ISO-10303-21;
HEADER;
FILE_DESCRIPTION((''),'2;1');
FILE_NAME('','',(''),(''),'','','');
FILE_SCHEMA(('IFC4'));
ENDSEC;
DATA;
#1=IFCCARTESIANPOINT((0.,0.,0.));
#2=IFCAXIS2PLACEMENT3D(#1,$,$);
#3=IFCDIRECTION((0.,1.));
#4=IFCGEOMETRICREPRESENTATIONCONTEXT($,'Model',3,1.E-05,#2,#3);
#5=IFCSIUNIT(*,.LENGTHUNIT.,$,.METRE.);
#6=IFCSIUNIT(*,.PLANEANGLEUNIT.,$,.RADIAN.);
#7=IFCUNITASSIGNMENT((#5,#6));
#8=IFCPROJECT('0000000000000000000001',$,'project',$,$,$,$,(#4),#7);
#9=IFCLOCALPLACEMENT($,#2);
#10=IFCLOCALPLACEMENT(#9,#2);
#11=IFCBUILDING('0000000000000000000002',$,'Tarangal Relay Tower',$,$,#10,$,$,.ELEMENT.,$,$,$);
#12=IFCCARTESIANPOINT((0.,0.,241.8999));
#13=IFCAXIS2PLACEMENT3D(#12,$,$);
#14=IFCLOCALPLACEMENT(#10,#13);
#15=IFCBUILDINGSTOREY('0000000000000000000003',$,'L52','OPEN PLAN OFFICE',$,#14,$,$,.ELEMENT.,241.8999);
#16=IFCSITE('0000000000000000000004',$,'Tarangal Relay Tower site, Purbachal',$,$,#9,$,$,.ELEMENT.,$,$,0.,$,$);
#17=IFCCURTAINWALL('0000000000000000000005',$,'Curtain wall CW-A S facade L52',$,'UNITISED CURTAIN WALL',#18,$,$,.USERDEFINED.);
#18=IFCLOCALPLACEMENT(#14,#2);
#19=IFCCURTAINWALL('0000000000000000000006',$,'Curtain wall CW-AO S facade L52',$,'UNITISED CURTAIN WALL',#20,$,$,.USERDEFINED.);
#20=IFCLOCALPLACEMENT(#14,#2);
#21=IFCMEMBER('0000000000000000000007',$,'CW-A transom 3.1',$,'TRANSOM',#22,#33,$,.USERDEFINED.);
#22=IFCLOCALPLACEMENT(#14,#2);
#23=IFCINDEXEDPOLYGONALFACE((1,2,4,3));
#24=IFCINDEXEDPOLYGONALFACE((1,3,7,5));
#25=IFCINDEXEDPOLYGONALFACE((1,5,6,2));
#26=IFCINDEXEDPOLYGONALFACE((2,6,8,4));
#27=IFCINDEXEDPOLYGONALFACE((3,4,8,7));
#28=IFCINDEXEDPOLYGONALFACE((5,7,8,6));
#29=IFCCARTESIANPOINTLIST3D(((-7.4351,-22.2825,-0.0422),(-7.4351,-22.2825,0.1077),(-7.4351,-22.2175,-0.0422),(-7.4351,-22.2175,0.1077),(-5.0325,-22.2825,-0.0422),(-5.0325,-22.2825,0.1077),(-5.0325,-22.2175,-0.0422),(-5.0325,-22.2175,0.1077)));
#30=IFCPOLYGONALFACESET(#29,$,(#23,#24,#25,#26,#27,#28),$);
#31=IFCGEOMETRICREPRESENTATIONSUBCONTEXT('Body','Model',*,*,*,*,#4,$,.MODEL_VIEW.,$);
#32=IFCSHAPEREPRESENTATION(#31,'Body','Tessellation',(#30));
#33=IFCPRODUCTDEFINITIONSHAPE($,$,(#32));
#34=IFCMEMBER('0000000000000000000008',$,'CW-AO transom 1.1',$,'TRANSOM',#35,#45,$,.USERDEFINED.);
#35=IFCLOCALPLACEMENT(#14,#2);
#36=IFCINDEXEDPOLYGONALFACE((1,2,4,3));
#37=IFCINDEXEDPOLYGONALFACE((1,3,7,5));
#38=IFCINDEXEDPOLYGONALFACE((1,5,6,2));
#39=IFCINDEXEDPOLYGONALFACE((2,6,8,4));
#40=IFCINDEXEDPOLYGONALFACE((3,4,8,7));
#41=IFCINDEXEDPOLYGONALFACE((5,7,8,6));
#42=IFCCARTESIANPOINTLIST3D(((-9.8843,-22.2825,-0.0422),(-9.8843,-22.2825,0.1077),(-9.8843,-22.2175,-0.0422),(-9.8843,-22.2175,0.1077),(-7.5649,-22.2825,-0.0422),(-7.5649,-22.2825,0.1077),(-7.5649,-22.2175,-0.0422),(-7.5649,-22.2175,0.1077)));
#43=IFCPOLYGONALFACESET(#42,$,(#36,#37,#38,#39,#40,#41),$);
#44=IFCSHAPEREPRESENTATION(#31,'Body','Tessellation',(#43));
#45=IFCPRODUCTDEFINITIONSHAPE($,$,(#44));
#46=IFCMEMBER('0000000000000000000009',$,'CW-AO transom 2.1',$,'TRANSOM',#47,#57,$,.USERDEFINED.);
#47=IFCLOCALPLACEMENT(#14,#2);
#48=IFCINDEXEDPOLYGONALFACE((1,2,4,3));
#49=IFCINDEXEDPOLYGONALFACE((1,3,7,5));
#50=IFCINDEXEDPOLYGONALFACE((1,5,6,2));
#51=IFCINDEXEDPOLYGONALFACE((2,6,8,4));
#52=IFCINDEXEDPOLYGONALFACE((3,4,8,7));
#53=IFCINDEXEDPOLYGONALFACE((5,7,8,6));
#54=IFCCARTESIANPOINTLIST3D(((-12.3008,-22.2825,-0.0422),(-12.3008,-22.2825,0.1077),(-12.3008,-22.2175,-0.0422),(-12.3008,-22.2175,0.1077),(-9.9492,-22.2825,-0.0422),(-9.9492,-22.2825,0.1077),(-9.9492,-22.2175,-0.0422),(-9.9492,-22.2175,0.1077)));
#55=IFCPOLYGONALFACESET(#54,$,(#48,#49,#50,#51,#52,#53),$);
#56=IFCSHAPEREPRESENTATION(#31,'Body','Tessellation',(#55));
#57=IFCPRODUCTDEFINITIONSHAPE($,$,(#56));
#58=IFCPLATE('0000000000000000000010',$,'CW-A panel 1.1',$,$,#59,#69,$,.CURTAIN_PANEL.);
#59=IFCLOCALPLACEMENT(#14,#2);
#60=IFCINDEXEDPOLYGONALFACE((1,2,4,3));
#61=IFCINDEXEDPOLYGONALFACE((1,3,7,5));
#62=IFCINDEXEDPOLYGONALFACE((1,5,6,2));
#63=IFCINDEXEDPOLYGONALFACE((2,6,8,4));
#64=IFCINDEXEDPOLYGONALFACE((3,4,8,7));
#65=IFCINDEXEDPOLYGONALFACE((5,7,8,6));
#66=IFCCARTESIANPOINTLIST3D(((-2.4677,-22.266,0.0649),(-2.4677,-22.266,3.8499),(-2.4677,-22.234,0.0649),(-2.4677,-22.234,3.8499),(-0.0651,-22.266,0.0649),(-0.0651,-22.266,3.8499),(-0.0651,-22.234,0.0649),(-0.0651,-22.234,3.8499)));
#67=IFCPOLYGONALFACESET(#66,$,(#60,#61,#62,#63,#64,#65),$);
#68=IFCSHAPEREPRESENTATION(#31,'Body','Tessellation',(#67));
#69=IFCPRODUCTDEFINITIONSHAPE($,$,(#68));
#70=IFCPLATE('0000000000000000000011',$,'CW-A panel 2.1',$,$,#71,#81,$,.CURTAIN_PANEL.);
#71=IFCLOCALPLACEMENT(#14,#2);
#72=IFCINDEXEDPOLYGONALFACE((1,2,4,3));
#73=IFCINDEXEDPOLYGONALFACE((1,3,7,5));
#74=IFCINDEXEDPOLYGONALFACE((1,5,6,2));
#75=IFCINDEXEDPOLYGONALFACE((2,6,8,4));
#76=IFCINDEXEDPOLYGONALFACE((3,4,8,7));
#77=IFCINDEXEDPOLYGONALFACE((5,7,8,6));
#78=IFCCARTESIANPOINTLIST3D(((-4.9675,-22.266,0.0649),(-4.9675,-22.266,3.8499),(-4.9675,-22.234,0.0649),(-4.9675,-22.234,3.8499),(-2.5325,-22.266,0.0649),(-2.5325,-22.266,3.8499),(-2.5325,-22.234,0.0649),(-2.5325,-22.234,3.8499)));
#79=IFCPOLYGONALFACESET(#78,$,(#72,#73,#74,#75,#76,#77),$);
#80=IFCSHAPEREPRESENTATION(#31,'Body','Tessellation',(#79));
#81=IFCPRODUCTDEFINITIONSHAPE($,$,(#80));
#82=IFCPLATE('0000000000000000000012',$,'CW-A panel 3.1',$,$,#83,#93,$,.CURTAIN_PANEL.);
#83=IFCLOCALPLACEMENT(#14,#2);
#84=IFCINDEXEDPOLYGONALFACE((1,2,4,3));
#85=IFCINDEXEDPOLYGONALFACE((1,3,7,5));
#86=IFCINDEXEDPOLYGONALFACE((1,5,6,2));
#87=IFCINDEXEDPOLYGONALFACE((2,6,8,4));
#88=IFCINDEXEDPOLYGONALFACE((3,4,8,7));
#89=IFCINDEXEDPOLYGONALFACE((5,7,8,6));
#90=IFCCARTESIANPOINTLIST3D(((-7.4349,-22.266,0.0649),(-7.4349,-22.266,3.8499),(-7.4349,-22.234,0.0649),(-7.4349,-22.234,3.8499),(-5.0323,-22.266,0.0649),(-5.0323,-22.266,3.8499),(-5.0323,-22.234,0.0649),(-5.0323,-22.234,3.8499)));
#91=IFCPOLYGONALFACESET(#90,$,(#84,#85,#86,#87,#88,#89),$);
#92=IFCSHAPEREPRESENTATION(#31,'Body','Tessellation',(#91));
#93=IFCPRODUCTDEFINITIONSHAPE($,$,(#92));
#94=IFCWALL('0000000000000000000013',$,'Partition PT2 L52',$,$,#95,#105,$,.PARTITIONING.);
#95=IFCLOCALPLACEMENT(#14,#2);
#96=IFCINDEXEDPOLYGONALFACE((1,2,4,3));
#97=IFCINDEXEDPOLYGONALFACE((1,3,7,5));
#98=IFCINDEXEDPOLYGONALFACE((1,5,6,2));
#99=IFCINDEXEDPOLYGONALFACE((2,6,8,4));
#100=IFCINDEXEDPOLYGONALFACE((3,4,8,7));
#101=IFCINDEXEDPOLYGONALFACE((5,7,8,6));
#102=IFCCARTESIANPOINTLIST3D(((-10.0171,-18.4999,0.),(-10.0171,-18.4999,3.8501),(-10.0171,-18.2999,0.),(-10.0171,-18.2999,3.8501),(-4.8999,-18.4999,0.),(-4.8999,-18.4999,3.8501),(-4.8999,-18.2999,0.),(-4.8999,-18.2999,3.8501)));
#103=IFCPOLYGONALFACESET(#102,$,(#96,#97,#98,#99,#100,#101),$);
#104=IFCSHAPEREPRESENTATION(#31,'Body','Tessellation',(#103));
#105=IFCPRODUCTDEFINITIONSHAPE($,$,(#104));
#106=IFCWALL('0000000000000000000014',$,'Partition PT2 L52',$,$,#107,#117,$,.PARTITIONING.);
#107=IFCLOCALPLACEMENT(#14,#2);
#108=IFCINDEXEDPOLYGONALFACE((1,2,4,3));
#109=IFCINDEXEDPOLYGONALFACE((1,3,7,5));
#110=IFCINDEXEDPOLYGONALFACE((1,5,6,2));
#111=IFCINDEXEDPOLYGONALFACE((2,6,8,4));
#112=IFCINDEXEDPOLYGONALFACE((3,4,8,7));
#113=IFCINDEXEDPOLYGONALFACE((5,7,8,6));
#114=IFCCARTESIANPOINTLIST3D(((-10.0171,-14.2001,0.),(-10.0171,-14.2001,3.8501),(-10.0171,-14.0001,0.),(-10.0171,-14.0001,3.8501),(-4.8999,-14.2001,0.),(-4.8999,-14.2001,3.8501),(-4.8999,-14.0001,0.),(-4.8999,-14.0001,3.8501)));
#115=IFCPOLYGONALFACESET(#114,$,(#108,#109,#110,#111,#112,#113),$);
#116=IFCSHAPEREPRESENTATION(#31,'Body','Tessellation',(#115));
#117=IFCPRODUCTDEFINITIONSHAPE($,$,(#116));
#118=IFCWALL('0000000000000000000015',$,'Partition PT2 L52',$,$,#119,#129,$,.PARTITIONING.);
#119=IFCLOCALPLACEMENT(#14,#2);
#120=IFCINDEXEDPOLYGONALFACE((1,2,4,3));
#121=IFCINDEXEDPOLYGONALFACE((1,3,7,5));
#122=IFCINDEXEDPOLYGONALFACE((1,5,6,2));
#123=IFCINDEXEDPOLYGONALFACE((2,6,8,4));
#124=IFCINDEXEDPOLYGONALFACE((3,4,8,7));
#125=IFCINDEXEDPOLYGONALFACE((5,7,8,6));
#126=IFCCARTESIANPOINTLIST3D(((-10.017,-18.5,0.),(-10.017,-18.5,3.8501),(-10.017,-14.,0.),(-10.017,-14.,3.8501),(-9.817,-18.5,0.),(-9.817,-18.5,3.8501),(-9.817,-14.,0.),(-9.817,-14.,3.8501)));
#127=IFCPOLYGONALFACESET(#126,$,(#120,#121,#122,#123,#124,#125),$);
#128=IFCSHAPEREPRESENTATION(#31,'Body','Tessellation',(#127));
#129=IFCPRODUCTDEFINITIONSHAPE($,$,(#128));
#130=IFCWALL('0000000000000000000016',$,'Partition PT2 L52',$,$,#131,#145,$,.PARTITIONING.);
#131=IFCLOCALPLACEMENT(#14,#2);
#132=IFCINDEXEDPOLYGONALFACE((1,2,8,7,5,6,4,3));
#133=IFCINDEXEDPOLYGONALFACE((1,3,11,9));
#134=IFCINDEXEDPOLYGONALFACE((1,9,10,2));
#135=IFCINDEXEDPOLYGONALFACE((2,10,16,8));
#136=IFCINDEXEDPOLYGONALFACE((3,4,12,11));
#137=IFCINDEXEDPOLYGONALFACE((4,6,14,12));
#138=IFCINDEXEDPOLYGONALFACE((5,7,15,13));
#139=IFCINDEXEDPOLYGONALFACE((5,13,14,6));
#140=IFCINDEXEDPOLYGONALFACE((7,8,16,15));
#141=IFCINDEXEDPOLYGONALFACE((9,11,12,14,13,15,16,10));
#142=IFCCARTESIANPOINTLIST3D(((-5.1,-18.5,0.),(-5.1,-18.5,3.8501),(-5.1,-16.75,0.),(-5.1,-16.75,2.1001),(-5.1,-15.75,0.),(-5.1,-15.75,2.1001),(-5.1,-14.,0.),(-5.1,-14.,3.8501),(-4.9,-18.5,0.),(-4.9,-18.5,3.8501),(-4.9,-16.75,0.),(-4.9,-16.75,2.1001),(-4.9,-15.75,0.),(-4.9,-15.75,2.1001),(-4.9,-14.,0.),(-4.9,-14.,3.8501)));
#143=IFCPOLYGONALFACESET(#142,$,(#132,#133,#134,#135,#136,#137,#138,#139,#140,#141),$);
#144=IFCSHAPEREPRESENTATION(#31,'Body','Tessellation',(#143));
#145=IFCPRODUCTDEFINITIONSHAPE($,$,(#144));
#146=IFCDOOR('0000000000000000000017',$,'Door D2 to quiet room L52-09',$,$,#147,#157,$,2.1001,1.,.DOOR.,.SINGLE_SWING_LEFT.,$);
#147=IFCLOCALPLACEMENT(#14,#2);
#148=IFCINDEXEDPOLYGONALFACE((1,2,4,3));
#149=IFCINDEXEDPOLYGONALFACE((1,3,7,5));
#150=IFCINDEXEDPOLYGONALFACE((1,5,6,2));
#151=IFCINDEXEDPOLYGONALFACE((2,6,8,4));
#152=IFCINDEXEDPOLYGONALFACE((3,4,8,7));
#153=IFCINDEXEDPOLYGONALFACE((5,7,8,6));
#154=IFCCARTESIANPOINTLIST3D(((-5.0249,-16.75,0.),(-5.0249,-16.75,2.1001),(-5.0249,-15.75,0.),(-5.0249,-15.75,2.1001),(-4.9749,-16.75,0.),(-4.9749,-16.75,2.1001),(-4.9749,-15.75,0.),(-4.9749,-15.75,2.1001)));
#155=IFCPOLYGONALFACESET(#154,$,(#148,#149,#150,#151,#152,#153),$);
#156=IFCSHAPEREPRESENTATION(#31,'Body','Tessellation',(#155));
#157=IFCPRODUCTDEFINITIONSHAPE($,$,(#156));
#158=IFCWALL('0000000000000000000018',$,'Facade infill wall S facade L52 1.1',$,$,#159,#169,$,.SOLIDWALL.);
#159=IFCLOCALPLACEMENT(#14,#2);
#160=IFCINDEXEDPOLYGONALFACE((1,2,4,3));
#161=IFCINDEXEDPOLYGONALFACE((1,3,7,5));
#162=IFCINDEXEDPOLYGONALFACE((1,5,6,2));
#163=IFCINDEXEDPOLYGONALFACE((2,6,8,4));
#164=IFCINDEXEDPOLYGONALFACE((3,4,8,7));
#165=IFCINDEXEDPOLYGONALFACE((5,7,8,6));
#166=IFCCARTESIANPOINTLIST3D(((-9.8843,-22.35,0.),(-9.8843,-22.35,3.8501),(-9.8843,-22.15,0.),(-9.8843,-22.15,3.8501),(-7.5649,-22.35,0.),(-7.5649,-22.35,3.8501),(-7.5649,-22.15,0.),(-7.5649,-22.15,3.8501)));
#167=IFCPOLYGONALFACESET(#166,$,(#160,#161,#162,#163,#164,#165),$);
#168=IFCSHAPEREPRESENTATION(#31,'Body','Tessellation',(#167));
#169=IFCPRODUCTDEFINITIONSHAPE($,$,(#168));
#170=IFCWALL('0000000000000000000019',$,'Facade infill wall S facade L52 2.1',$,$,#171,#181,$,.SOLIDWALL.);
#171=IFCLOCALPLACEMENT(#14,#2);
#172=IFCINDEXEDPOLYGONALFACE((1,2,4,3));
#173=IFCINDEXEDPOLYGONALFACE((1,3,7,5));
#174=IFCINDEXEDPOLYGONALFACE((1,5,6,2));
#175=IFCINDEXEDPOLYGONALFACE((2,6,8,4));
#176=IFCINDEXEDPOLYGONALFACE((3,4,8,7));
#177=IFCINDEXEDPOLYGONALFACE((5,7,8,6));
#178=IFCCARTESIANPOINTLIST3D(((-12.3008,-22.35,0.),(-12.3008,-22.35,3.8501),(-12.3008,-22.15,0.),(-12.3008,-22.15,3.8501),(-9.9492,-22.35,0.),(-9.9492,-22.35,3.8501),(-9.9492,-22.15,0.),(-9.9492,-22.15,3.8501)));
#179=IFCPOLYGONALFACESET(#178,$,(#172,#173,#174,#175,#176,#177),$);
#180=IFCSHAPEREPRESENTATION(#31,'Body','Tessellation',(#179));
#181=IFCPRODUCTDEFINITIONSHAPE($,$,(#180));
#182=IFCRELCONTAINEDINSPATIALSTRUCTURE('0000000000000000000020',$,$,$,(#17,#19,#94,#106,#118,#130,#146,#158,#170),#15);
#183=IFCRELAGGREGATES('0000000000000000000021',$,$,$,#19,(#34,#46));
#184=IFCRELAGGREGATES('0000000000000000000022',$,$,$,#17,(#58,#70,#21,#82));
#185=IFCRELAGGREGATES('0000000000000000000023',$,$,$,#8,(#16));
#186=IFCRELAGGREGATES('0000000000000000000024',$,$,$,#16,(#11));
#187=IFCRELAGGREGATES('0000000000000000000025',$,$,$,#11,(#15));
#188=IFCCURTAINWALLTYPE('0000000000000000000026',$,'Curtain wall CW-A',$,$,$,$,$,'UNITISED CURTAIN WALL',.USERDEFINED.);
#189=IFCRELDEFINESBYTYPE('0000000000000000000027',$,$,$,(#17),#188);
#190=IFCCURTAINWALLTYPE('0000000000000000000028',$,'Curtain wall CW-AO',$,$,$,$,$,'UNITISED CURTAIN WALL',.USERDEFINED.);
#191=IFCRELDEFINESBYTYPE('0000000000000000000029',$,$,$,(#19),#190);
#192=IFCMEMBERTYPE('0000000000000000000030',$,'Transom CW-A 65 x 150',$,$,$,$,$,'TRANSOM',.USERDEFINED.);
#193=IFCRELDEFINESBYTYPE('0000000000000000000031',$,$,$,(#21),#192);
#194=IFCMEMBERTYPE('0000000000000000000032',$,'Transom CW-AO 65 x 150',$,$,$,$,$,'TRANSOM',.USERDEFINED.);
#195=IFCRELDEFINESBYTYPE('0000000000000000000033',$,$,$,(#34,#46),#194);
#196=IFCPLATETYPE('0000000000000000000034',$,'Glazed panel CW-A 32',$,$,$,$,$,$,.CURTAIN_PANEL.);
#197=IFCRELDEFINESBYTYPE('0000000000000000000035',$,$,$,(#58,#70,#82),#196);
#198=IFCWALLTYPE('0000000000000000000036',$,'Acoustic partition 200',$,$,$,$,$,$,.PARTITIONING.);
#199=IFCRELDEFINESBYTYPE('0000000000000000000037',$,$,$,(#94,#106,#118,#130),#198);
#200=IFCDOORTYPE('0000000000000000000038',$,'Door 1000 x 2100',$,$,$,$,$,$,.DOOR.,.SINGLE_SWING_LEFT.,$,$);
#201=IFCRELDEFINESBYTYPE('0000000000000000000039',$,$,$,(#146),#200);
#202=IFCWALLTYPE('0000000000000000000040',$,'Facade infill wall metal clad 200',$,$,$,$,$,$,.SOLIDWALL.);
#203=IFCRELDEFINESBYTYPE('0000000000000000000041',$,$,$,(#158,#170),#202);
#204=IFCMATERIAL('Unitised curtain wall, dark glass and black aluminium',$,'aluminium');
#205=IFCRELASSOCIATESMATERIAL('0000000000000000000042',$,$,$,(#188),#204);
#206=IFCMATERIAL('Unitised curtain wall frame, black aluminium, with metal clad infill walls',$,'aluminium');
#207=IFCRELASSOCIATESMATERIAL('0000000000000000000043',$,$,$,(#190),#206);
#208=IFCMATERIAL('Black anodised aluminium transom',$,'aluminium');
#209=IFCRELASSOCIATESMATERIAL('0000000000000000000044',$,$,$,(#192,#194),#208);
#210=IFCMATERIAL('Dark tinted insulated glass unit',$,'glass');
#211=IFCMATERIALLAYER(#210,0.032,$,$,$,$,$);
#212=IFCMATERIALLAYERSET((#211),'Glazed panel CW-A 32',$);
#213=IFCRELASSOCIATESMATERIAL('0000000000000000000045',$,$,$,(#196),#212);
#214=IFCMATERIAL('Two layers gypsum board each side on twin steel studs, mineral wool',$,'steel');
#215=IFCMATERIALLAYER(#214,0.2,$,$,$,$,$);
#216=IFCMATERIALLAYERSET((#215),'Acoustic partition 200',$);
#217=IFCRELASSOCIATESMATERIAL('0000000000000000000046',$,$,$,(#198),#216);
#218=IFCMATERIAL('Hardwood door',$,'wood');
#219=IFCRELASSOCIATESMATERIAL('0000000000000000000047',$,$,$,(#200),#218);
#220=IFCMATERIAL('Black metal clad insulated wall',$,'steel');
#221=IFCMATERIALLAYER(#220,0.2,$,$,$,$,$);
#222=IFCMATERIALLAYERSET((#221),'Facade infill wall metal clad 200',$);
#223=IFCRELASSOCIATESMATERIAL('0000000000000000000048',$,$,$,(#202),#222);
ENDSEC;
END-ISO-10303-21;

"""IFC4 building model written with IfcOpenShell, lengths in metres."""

from ifc_helpers import new_model, si_unit, direction, frame, frame_2d, origin, origin_2d, place, context, subcontext, project, spatial, rectangle, extrude, material, layer, layer_set, material_profile, profile_set, type_object, element, fill, aggregate, save


model = new_model("IFC4")

# Units and contexts
model_context = context("Model", 3, precision=1e-05, world=origin(), true_north=direction((0.0, 1.0)))
body_context = subcontext(model_context, "Body", "Model", "MODEL_VIEW")
ifc_project = project(units=[si_unit("LENGTHUNIT", "METRE"), si_unit("PLANEANGLEUNIT", "RADIAN")], contexts=[model_context])

# Site, building, storey
site_placement = place(None, origin())
site = spatial("IfcSite", under=ifc_project, at=site_placement, Name="Tarangal Relay Tower site, Purbachal", CompositionType="ELEMENT", RefElevation=0.0)
building_placement = place(site_placement, origin())
building = spatial("IfcBuilding", under=site, at=building_placement, Name="Tarangal Relay Tower", CompositionType="ELEMENT")
storey_placement = place(building_placement, frame((0.0, 0.0, 241.8999)))
storey = spatial("IfcBuildingStorey", under=building, at=storey_placement, Name="L52", Description="OPEN PLAN OFFICE", CompositionType="ELEMENT", Elevation=241.8999)

# Curtain walls
ifc_material_1 = material(Name="Unitised curtain wall, dark glass and black aluminium", Category="aluminium")
curtain_wall_type_1 = type_object("IfcCurtainWallType", Name="Curtain wall CW-A", ElementType="UNITISED CURTAIN WALL", PredefinedType="USERDEFINED", material=ifc_material_1)
curtain_wall_1_placement = place(storey_placement, origin())
curtain_wall_1 = element("IfcCurtainWall", 1, at=curtain_wall_1_placement, inside=storey, type_object=curtain_wall_type_1, Name="Curtain wall CW-A S facade L52", ObjectType="UNITISED CURTAIN WALL", PredefinedType="USERDEFINED")
ifc_material_2 = material(Name="Unitised curtain wall frame, black aluminium, with metal clad infill walls", Category="aluminium")
curtain_wall_type_2 = type_object("IfcCurtainWallType", Name="Curtain wall CW-AO", ElementType="UNITISED CURTAIN WALL", PredefinedType="USERDEFINED", material=ifc_material_2)
curtain_wall_2_placement = place(storey_placement, origin())
curtain_wall_2 = element("IfcCurtainWall", 2, at=curtain_wall_2_placement, inside=storey, type_object=curtain_wall_type_2, Name="Curtain wall CW-AO S facade L52", ObjectType="UNITISED CURTAIN WALL", PredefinedType="USERDEFINED")

# Members
ifc_material_3 = material(Name="Black anodised aluminium transom", Category="aluminium")
ifc_material_profile_1 = material_profile(ifc_material_3, rectangle(XDim=0.0649, YDim=0.1499, at=origin_2d()), Name="CW-AT 65X150")
ifc_profile_set_1 = profile_set([ifc_material_profile_1], Name="Black anodised aluminium transom")
member_type_1 = type_object("IfcMemberType", Name="Transom CW-A 65 x 150", ElementType="TRANSOM", PredefinedType="USERDEFINED", material=ifc_profile_set_1)
member_1_placement = place(storey_placement, frame((-5.0325, -22.25, 0.0327), z_axis=(-1.0, 0.0, 0.0), x_axis=(0.0, -1.0, 0.0)))
member_1 = element("IfcMember", 3, at=member_1_placement, type_object=member_type_1, Name="CW-A transom 3.1", ObjectType="TRANSOM", PredefinedType="USERDEFINED", context=body_context, shape_type="SweptSolid", body=[
    extrude(rectangle(XDim=0.0649, YDim=0.1499, at=origin_2d()), origin(), (0.0, 0.0, 1.0), 2.4026),
])
ifc_material_profile_2 = material_profile(ifc_material_3, rectangle(XDim=0.0649, YDim=0.1499, at=origin_2d()), Name="CW-AOT 65X150")
ifc_profile_set_2 = profile_set([ifc_material_profile_2], Name="Black anodised aluminium transom")
member_type_2 = type_object("IfcMemberType", Name="Transom CW-AO 65 x 150", ElementType="TRANSOM", PredefinedType="USERDEFINED", material=ifc_profile_set_2)
member_2_placement = place(storey_placement, frame((-7.5649, -22.25, 0.0327), z_axis=(-1.0, 0.0, 0.0), x_axis=(0.0, -1.0, 0.0)))
member_2 = element("IfcMember", 4, at=member_2_placement, type_object=member_type_2, Name="CW-AO transom 1.1", ObjectType="TRANSOM", PredefinedType="USERDEFINED", context=body_context, shape_type="SweptSolid", body=[
    extrude(rectangle(XDim=0.0649, YDim=0.1499, at=origin_2d()), origin(), (0.0, 0.0, 1.0), 2.3193),
])
member_3_placement = place(storey_placement, frame((-9.9492, -22.25, 0.0327), z_axis=(-1.0, 0.0, 0.0), x_axis=(0.0, -1.0, 0.0)))
member_3 = element("IfcMember", 5, at=member_3_placement, type_object=member_type_2, Name="CW-AO transom 2.1", ObjectType="TRANSOM", PredefinedType="USERDEFINED", context=body_context, shape_type="SweptSolid", body=[
    extrude(rectangle(XDim=0.0649, YDim=0.1499, at=origin_2d()), origin(), (0.0, 0.0, 1.0), 2.3516),
])
aggregate(curtain_wall_2, [member_2, member_3])

# Plates
ifc_material_4 = material(Name="Dark tinted insulated glass unit", Category="glass")
ifc_layer_1 = layer(ifc_material_4, 0.032)
ifc_layer_set_1 = layer_set([ifc_layer_1], Name="Glazed panel CW-A 32")
plate_type = type_object("IfcPlateType", Name="Glazed panel CW-A 32", PredefinedType="CURTAIN_PANEL", material=ifc_layer_set_1)
plate_1_placement = place(storey_placement, frame((-1.2664, -22.25, 0.0649), z_axis=(0.0, 0.0, 1.0), x_axis=(-1.0, 0.0, 0.0)))
plate_1 = element("IfcPlate", 6, at=plate_1_placement, type_object=plate_type, Name="CW-A panel 1.1", PredefinedType="CURTAIN_PANEL", context=body_context, shape_type="SweptSolid", body=[
    extrude(rectangle(XDim=2.4026, YDim=0.032, at=origin_2d()), origin(), (0.0, 0.0, 1.0), 3.7849),
])
plate_2_placement = place(storey_placement, frame((-3.75, -22.25, 0.0649), z_axis=(0.0, 0.0, 1.0), x_axis=(-1.0, 0.0, 0.0)))
plate_2 = element("IfcPlate", 7, at=plate_2_placement, type_object=plate_type, Name="CW-A panel 2.1", PredefinedType="CURTAIN_PANEL", context=body_context, shape_type="SweptSolid", body=[
    extrude(rectangle(XDim=2.4351, YDim=0.032, at=origin_2d()), origin(), (0.0, 0.0, 1.0), 3.7849),
])
plate_3_placement = place(storey_placement, frame((-6.2336, -22.25, 0.0649), z_axis=(0.0, 0.0, 1.0), x_axis=(-1.0, 0.0, 0.0)))
plate_3 = element("IfcPlate", 8, at=plate_3_placement, type_object=plate_type, Name="CW-A panel 3.1", PredefinedType="CURTAIN_PANEL", context=body_context, shape_type="SweptSolid", body=[
    extrude(rectangle(XDim=2.4026, YDim=0.032, at=origin_2d()), origin(), (0.0, 0.0, 1.0), 3.7849),
])
aggregate(curtain_wall_1, [plate_1, plate_2, member_1, plate_3])

# Walls
ifc_material_5 = material(Name="Two layers gypsum board each side on twin steel studs, mineral wool", Category="steel")
ifc_layer_2 = layer(ifc_material_5, 0.2)
ifc_layer_set_2 = layer_set([ifc_layer_2], Name="Acoustic partition 200")
wall_type_1 = type_object("IfcWallType", Name="Acoustic partition 200", PredefinedType="PARTITIONING", material=ifc_layer_set_2)
for number, where, z_axis, x_axis, name in (
    (9, (-10.0171, -18.3999, 0.0), (0.0, 0.0, 1.0), (1.0, 0.0, 0.0), "Partition PT2 L52"),
    (10, (-10.0171, -14.1001, 0.0), (0.0, 0.0, 1.0), (1.0, 0.0, 0.0), "Partition PT2 L52"),
):
    element("IfcWall", number, at=place(storey_placement, frame(where, z_axis=z_axis, x_axis=x_axis)), inside=storey, type_object=wall_type_1, Name=name, PredefinedType="PARTITIONING", context=body_context, shape_type="SweptSolid", body=[
        extrude(rectangle(XDim=5.1172, YDim=0.2, at=frame_2d((2.5586, 0.0))), origin(), (0.0, 0.0, 1.0), 3.8501),
    ])
wall_1_placement = place(storey_placement, frame((-9.917, -18.5, 0.0), z_axis=(0.0, 0.0, 1.0), x_axis=(0.0, 1.0, 0.0)))
element("IfcWall", 11, at=wall_1_placement, inside=storey, type_object=wall_type_1, Name="Partition PT2 L52", PredefinedType="PARTITIONING", context=body_context, shape_type="SweptSolid", body=[
    extrude(rectangle(XDim=4.5, YDim=0.2, at=frame_2d((2.25, 0.0))), origin(), (0.0, 0.0, 1.0), 3.8501),
])

# Wall, opening, door
wall_2_placement = place(storey_placement, frame((-5.0, -18.5, 0.0), z_axis=(0.0, 0.0, 1.0), x_axis=(0.0, 1.0, 0.0)))
wall_2 = element("IfcWall", 12, at=wall_2_placement, inside=storey, type_object=wall_type_1, Name="Partition PT2 L52", PredefinedType="PARTITIONING", context=body_context, shape_type="SweptSolid", body=[
    extrude(rectangle(XDim=4.5, YDim=0.2, at=frame_2d((2.25, 0.0))), origin(), (0.0, 0.0, 1.0), 3.8501),
])
opening_placement = place(wall_2_placement, frame((1.75, 0.0, 0.0)))
opening = element("IfcOpeningElement", 13, at=opening_placement, cuts=wall_2, PredefinedType="OPENING", context=body_context, shape_type="SweptSolid", body=[
    extrude(rectangle(XDim=1.0, YDim=2.1001, at=frame_2d((0.5, 1.05))), frame((0.0, 0.1099, 0.0), z_axis=(0.0, -1.0, 0.0), x_axis=(1.0, 0.0, 0.0)), (0.0, 0.0, 1.0), 0.22),
])
ifc_material_6 = material(Name="Hardwood door", Category="wood")
door_type = type_object("IfcDoorType", Name="Door 1000 x 2100", OperationType="SINGLE_SWING_LEFT", PredefinedType="DOOR", material=ifc_material_6)
door_placement = place(opening_placement, origin())
door = element("IfcDoor", 14, at=door_placement, inside=storey, type_object=door_type, Name="Door D2 to quiet room L52-09", OperationType="SINGLE_SWING_LEFT", OverallHeight=2.1001, OverallWidth=1.0, PredefinedType="DOOR", context=body_context, shape_type="SweptSolid", body=[
    extrude(rectangle(XDim=1.0, YDim=2.1001, at=frame_2d((0.5, 1.05))), frame((0.0, 0.0249, 0.0), z_axis=(0.0, -1.0, 0.0), x_axis=(1.0, 0.0, 0.0)), (0.0, 0.0, 1.0), 0.05),
])
fill(opening, door)

# Walls
ifc_material_7 = material(Name="Black metal clad insulated wall", Category="steel")
ifc_layer_3 = layer(ifc_material_7, 0.2)
ifc_layer_set_3 = layer_set([ifc_layer_3], Name="Facade infill wall metal clad 200")
wall_type_2 = type_object("IfcWallType", Name="Facade infill wall metal clad 200", PredefinedType="SOLIDWALL", material=ifc_layer_set_3)
wall_3_placement = place(storey_placement, frame((-7.5649, -22.25, 0.0), z_axis=(0.0, 0.0, 1.0), x_axis=(-1.0, 0.0, 0.0)))
element("IfcWall", 15, at=wall_3_placement, inside=storey, type_object=wall_type_2, Name="Facade infill wall S facade L52 1.1", PredefinedType="SOLIDWALL", context=body_context, shape_type="SweptSolid", body=[
    extrude(rectangle(XDim=2.3193, YDim=0.2, at=frame_2d((1.1597, 0.0))), origin(), (0.0, 0.0, 1.0), 3.8501),
])
wall_4_placement = place(storey_placement, frame((-9.9492, -22.25, 0.0), z_axis=(0.0, 0.0, 1.0), x_axis=(-1.0, 0.0, 0.0)))
element("IfcWall", 16, at=wall_4_placement, inside=storey, type_object=wall_type_2, Name="Facade infill wall S facade L52 2.1", PredefinedType="SOLIDWALL", context=body_context, shape_type="SweptSolid", body=[
    extrude(rectangle(XDim=2.3516, YDim=0.2, at=frame_2d((1.1758, 0.0))), origin(), (0.0, 0.0, 1.0), 3.8501),
])

save(model, "model.ifc")
